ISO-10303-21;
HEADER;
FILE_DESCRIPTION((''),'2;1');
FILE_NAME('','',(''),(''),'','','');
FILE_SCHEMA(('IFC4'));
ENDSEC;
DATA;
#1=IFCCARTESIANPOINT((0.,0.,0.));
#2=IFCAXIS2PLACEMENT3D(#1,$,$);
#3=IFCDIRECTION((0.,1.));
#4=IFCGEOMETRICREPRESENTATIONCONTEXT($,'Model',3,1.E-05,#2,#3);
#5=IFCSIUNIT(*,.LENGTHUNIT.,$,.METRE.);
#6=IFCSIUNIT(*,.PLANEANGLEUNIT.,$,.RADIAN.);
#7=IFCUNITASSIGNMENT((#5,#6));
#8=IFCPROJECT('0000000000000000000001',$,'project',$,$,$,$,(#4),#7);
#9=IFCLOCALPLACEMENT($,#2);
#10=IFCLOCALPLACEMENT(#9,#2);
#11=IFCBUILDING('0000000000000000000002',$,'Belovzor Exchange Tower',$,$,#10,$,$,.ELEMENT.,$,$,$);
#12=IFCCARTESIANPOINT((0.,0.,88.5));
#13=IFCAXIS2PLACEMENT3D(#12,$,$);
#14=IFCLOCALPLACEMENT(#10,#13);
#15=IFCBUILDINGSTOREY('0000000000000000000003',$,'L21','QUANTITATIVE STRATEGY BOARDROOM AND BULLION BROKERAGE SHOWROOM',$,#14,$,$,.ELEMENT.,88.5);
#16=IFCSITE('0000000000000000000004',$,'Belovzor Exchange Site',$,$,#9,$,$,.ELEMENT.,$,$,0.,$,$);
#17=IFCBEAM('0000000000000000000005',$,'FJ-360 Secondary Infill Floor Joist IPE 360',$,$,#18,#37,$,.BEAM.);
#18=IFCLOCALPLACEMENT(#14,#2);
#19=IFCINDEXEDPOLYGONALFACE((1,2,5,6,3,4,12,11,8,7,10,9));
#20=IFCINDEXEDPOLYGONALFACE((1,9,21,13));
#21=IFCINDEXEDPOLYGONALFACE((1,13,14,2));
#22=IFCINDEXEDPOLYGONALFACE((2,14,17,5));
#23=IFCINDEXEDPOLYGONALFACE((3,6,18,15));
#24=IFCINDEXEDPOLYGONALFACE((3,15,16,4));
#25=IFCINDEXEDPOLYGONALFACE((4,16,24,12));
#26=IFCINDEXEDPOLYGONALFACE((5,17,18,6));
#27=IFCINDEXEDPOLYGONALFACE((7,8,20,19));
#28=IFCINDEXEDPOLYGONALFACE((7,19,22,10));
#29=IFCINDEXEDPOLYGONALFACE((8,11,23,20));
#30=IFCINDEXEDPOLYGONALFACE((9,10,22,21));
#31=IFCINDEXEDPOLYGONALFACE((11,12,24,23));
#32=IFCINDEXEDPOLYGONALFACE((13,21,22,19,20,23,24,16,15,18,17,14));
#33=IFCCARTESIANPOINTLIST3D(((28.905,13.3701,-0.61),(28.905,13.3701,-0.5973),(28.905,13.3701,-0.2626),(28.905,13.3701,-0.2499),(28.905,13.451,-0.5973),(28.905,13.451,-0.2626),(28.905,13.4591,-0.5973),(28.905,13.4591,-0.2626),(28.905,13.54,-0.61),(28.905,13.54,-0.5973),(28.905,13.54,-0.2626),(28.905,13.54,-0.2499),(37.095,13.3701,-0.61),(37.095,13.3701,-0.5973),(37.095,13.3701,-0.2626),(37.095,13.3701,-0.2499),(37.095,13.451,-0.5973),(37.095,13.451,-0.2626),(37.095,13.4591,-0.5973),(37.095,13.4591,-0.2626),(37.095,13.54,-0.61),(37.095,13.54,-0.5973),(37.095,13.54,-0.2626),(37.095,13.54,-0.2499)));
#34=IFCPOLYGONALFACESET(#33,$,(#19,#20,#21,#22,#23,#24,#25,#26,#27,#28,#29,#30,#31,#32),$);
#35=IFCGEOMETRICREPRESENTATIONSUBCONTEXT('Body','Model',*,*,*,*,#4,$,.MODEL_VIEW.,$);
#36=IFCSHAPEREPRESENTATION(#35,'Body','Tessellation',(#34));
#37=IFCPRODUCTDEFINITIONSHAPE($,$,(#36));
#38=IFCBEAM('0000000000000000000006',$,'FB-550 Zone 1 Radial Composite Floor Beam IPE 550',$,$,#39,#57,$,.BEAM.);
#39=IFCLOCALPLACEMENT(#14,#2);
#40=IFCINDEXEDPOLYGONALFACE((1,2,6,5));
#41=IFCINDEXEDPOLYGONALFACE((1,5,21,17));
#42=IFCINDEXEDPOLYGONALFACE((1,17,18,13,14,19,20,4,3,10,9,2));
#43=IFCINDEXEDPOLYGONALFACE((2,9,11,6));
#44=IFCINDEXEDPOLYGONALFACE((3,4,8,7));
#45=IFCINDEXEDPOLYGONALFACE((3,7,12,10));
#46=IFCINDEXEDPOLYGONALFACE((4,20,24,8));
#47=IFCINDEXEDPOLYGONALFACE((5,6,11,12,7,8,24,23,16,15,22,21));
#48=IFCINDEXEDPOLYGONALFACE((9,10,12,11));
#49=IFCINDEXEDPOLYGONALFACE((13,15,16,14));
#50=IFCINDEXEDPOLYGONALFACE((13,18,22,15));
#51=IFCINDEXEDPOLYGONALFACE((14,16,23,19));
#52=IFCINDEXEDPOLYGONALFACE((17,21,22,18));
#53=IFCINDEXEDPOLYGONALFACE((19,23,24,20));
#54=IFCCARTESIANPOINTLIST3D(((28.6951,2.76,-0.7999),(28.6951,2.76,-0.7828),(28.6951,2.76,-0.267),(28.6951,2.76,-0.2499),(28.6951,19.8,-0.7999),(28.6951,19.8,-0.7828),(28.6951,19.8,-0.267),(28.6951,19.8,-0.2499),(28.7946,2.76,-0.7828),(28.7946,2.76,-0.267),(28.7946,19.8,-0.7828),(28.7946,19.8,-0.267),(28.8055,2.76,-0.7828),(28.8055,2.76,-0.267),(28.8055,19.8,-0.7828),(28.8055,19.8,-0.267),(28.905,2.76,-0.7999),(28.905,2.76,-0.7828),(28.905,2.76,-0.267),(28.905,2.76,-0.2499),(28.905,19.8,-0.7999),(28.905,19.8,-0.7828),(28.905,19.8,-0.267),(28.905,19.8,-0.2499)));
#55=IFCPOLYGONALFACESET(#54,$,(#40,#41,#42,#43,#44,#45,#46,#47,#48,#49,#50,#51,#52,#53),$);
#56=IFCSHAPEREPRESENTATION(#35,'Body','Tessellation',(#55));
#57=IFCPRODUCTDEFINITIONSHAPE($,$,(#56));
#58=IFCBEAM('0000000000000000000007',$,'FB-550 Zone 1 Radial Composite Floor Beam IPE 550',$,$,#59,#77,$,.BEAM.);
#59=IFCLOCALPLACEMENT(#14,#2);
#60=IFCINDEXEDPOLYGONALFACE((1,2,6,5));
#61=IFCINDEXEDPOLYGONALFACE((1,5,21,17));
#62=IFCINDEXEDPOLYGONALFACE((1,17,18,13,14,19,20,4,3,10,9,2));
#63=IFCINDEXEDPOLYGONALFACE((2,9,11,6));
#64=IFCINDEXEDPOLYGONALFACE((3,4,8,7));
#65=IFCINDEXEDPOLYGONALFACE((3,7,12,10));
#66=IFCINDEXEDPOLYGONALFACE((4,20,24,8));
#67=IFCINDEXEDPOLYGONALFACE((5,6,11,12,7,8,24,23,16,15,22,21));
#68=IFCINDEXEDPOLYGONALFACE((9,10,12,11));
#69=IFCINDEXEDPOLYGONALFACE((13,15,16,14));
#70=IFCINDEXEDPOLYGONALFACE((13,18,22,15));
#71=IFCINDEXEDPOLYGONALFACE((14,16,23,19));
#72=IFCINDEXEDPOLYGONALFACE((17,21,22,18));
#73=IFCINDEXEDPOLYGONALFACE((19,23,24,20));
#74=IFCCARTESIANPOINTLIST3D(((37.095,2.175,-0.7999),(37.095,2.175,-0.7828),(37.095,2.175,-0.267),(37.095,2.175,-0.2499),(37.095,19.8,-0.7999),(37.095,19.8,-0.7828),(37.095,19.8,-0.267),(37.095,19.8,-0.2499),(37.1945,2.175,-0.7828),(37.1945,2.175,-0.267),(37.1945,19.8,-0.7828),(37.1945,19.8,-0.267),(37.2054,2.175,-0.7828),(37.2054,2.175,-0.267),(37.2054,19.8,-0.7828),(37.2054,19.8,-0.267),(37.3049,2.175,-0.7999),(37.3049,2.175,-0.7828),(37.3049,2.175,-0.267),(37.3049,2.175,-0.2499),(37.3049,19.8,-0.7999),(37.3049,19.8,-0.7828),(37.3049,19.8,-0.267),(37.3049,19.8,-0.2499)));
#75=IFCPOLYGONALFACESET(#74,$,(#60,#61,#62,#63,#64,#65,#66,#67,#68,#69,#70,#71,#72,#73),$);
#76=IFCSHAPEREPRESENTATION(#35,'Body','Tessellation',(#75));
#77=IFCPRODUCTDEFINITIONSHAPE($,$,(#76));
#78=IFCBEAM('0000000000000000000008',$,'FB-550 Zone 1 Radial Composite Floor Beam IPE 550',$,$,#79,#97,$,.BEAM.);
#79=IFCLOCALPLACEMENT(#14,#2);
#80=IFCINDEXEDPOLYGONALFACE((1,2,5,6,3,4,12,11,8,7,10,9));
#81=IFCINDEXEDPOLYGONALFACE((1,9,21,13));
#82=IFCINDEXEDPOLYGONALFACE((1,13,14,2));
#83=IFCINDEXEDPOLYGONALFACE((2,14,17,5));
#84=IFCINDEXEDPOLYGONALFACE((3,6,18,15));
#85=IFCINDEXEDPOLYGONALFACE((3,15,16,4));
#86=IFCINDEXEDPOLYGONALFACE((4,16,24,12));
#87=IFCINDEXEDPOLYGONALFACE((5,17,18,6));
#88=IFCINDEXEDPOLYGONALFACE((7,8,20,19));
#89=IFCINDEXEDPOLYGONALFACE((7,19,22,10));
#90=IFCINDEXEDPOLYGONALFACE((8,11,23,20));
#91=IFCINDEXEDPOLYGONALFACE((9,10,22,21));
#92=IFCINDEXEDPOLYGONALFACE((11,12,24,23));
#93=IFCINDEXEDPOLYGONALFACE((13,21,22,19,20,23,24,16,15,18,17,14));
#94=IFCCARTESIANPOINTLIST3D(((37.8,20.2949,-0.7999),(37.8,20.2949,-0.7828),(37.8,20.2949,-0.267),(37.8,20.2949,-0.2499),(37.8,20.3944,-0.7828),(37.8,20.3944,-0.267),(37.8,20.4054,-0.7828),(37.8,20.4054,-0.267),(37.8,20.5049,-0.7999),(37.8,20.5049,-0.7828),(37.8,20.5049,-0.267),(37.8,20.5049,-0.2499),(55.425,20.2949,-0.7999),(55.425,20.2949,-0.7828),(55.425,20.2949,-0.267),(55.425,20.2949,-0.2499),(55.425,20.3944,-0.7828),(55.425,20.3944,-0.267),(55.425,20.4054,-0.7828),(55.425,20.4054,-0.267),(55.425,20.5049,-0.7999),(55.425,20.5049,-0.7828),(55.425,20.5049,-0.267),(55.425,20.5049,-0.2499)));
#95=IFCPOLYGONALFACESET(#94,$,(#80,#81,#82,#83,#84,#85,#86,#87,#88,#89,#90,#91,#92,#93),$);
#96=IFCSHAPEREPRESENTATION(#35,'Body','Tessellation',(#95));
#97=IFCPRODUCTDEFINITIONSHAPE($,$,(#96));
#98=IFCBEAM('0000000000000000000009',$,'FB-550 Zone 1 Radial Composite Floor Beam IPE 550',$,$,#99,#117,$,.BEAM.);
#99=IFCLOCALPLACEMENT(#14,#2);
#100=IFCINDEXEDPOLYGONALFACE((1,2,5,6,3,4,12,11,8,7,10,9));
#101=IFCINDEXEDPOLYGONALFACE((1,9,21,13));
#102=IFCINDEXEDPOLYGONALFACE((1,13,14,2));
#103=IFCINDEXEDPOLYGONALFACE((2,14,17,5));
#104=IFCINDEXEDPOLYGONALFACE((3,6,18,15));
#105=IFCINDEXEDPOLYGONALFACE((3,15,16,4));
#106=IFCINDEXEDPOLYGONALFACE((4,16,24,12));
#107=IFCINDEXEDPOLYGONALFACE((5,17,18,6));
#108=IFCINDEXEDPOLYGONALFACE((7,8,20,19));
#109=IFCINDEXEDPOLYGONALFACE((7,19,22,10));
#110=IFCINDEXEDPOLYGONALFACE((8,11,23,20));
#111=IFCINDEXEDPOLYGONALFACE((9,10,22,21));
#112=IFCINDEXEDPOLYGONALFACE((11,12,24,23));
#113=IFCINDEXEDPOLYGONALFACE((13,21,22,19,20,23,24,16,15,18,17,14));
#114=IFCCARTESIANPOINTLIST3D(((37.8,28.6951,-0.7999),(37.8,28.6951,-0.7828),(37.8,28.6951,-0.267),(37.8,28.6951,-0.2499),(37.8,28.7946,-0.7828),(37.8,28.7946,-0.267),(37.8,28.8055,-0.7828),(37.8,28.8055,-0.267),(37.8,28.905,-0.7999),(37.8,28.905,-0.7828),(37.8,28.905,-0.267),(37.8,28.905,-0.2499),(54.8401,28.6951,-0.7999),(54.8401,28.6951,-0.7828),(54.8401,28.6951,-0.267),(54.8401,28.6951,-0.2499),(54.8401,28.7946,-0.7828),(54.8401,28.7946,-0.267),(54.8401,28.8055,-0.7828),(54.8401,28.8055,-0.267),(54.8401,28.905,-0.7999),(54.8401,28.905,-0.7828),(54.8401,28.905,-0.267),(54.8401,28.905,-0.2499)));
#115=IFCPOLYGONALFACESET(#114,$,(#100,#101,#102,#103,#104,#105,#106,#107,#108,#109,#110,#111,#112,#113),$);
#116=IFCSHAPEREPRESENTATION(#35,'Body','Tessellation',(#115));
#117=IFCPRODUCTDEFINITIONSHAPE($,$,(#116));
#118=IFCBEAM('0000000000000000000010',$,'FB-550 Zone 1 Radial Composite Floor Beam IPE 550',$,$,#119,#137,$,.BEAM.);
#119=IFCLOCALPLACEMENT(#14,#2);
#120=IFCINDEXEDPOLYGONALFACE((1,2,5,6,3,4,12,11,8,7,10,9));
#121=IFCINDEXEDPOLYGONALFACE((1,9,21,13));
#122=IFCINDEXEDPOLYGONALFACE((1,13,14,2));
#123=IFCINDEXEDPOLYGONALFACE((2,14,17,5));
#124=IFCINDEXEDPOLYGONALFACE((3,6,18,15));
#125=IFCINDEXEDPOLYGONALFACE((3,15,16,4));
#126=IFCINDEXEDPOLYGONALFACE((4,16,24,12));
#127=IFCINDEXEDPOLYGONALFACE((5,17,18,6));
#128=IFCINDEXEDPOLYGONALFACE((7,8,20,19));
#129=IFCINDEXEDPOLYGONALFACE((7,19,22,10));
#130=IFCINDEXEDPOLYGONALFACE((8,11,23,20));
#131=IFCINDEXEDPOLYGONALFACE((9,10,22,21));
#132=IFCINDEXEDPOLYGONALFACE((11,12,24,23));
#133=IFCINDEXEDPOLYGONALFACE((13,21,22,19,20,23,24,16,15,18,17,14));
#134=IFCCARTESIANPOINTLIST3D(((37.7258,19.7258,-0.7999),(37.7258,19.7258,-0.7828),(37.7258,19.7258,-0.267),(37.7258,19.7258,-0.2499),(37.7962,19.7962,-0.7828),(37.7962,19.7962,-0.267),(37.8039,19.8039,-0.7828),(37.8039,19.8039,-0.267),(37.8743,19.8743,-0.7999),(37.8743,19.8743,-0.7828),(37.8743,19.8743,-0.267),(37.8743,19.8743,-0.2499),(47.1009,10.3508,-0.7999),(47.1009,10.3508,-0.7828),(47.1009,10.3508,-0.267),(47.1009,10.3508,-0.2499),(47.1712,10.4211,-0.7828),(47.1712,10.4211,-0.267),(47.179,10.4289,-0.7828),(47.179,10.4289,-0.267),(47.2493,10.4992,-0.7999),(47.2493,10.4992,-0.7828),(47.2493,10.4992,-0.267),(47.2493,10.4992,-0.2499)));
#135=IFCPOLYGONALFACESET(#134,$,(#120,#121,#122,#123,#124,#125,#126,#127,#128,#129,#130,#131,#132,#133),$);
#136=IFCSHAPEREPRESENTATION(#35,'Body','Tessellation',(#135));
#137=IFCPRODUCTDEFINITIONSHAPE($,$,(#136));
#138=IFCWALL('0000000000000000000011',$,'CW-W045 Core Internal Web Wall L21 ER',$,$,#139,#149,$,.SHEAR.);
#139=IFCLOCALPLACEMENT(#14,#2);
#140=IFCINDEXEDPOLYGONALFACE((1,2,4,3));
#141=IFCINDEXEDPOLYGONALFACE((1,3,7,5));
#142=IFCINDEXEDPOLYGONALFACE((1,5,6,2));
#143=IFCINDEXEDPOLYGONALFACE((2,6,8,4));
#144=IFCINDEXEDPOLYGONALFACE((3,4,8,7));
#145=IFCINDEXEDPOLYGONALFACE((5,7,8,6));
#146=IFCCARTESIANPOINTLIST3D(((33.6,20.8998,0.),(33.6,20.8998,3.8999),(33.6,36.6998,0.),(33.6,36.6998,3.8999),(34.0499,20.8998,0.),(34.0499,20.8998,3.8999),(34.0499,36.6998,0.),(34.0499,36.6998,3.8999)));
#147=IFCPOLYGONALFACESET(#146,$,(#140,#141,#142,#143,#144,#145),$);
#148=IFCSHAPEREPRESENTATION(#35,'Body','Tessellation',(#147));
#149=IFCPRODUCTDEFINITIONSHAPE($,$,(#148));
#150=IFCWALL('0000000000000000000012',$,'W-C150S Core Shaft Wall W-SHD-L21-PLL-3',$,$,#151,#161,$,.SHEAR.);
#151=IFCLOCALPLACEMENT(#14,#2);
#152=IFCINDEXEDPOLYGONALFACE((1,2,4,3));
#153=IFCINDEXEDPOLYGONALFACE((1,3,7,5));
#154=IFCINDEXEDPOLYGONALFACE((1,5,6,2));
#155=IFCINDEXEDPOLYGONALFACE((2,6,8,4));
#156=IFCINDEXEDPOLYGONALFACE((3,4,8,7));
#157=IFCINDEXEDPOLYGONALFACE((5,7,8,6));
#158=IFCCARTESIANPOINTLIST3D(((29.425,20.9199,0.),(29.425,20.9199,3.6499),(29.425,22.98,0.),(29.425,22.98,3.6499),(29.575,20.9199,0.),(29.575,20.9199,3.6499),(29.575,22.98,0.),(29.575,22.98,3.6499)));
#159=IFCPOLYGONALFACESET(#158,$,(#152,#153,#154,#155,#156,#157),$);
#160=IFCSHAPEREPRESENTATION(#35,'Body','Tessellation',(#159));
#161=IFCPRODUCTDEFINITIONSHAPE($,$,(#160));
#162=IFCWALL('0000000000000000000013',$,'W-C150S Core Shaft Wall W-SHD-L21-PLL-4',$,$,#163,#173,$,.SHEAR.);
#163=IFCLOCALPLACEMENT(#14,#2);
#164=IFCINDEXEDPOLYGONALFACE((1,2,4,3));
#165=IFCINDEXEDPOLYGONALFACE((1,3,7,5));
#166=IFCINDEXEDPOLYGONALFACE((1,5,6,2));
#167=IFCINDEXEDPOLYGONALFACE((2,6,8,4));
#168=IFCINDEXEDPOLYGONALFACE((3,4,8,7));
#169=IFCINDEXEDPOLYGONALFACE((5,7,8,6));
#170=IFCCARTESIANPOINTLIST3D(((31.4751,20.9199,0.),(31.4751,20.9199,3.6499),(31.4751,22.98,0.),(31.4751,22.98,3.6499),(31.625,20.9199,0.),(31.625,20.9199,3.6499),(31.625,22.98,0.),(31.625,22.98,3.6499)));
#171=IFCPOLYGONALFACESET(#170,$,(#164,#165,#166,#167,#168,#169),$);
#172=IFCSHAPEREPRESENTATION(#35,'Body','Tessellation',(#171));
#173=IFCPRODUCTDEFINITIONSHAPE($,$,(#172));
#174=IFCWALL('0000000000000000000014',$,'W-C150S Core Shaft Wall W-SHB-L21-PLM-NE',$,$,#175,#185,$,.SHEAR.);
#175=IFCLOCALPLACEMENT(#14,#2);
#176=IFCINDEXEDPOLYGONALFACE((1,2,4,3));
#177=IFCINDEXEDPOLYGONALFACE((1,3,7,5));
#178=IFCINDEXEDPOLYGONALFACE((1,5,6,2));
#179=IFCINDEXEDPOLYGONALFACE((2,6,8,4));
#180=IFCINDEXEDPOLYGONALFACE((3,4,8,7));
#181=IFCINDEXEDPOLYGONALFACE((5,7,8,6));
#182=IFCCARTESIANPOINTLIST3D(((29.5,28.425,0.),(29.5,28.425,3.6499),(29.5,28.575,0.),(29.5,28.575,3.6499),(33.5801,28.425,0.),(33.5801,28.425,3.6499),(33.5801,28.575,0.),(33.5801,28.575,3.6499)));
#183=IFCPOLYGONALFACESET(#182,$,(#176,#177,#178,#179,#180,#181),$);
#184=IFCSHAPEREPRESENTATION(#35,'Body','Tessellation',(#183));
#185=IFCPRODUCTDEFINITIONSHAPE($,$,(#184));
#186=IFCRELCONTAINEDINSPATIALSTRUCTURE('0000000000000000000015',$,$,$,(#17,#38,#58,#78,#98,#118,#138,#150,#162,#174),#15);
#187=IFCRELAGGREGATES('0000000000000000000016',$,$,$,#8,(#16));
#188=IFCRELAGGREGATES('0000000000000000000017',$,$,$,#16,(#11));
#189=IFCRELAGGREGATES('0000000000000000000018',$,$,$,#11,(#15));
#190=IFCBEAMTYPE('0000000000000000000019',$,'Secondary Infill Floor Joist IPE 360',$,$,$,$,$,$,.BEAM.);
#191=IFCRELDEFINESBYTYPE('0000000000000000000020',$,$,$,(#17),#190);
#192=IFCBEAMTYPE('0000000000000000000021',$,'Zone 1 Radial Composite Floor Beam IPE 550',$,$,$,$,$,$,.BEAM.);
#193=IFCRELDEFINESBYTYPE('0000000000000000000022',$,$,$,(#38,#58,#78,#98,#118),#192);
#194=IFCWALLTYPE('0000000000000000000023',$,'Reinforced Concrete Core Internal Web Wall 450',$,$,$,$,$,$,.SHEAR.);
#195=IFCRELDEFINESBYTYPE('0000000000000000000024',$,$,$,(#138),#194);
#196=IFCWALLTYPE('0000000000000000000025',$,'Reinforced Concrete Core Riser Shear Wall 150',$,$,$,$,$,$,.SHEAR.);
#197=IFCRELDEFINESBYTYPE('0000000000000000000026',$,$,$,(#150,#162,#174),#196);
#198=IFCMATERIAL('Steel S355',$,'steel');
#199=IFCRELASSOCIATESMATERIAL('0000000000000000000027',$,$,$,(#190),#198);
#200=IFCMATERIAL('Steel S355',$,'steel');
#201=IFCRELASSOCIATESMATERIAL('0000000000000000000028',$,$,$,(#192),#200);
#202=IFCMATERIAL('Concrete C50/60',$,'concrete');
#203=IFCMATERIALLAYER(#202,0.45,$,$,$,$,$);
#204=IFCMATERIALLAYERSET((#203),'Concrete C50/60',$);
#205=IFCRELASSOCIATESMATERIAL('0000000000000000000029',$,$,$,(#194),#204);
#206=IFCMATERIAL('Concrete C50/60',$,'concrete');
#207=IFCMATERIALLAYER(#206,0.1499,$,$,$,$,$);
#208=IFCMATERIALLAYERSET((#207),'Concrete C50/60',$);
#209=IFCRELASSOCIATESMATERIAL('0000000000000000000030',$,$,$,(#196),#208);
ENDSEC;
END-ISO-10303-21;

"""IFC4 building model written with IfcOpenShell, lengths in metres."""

from ifc_helpers import new_model, si_unit, direction, frame, frame_2d, origin, origin_2d, place, context, subcontext, project, spatial, rectangle, i_section, extrude, material, layer, layer_set, material_profile, profile_set, type_object, element, save


model = new_model("IFC4")

# Units and contexts
model_context = context("Model", 3, precision=1e-05, world=origin(), true_north=direction((0.0, 1.0)))
body_context = subcontext(model_context, "Body", "Model", "MODEL_VIEW")
ifc_project = project(units=[si_unit("LENGTHUNIT", "METRE"), si_unit("PLANEANGLEUNIT", "RADIAN")], contexts=[model_context])

# Site, building, storey
site_placement = place(None, origin())
site = spatial("IfcSite", under=ifc_project, at=site_placement, Name="Belovzor Exchange Site", CompositionType="ELEMENT", RefElevation=0.0)
building_placement = place(site_placement, origin())
building = spatial("IfcBuilding", under=site, at=building_placement, Name="Belovzor Exchange Tower", CompositionType="ELEMENT")
storey_placement = place(building_placement, frame((0.0, 0.0, 88.5)))
storey = spatial("IfcBuildingStorey", under=building, at=storey_placement, Name="L21", Description="QUANTITATIVE STRATEGY BOARDROOM AND BULLION BROKERAGE SHOWROOM", CompositionType="ELEMENT", Elevation=88.5)

# Beams
ifc_material_1 = material(Name="Steel S355", Category="steel")
ifc_material_profile_1 = material_profile(ifc_material_1, i_section(OverallWidth=0.1699, OverallDepth=0.3601, WebThickness=0.0081, FlangeThickness=0.0127, at=origin_2d()))
ifc_profile_set_1 = profile_set([ifc_material_profile_1], Name="Steel S355")
beam_type_1 = type_object("IfcBeamType", Name="Secondary Infill Floor Joist IPE 360", PredefinedType="BEAM", material=ifc_profile_set_1)
beam_1_placement = place(storey_placement, frame((28.905, 13.4551, -0.4299), z_axis=(1.0, 0.0, 0.0), x_axis=(0.0, 1.0, 0.0)))
element("IfcBeam", 1, at=beam_1_placement, inside=storey, type_object=beam_type_1, Name="FJ-360 Secondary Infill Floor Joist IPE 360", PredefinedType="BEAM", context=body_context, shape_type="SweptSolid", body=[
    extrude(i_section(OverallWidth=0.1699, OverallDepth=0.3601, WebThickness=0.0081, FlangeThickness=0.0127, at=origin_2d()), origin(), (0.0, 0.0, 1.0), 8.1899),
])
ifc_material_2 = material(Name="Steel S355", Category="steel")
ifc_material_profile_2 = material_profile(ifc_material_2, i_section(OverallWidth=0.21, OverallDepth=0.55, WebThickness=0.011, FlangeThickness=0.0171, at=origin_2d()))
ifc_profile_set_2 = profile_set([ifc_material_profile_2], Name="Steel S355")
beam_type_2 = type_object("IfcBeamType", Name="Zone 1 Radial Composite Floor Beam IPE 550", PredefinedType="BEAM", material=ifc_profile_set_2)
beam_2_placement = place(storey_placement, frame((28.8, 19.8, -0.5249), z_axis=(0.0, -1.0, 0.0), x_axis=(1.0, 0.0, 0.0)))
element("IfcBeam", 2, at=beam_2_placement, inside=storey, type_object=beam_type_2, Name="FB-550 Zone 1 Radial Composite Floor Beam IPE 550", PredefinedType="BEAM", context=body_context, shape_type="SweptSolid", body=[
    extrude(i_section(OverallWidth=0.21, OverallDepth=0.55, WebThickness=0.011, FlangeThickness=0.0171, at=origin_2d()), origin(), (0.0, 0.0, 1.0), 17.04),
])
for number, where, z_axis, x_axis, name in (
    (3, (37.2, 19.8, -0.5249), (0.0, -1.0, 0.0), (1.0, 0.0, 0.0), "FB-550 Zone 1 Radial Composite Floor Beam IPE 550"),
    (4, (37.8, 20.3999, -0.5249), (1.0, 0.0, 0.0), (0.0, 1.0, 0.0), "FB-550 Zone 1 Radial Composite Floor Beam IPE 550"),
):
    element("IfcBeam", number, at=place(storey_placement, frame(where, z_axis=z_axis, x_axis=x_axis)), inside=storey, type_object=beam_type_2, Name=name, PredefinedType="BEAM", context=body_context, shape_type="SweptSolid", body=[
        extrude(i_section(OverallWidth=0.21, OverallDepth=0.55, WebThickness=0.011, FlangeThickness=0.0171, at=origin_2d()), origin(), (0.0, 0.0, 1.0), 17.625),
    ])
beam_3_placement = place(storey_placement, frame((37.8, 28.8, -0.5249), z_axis=(1.0, 0.0, 0.0), x_axis=(0.0, 1.0, 0.0)))
element("IfcBeam", 5, at=beam_3_placement, inside=storey, type_object=beam_type_2, Name="FB-550 Zone 1 Radial Composite Floor Beam IPE 550", PredefinedType="BEAM", context=body_context, shape_type="SweptSolid", body=[
    extrude(i_section(OverallWidth=0.21, OverallDepth=0.55, WebThickness=0.011, FlangeThickness=0.0171, at=origin_2d()), origin(), (0.0, 0.0, 1.0), 17.04),
])
beam_4_placement = place(storey_placement, frame((37.8, 19.8, -0.5249), z_axis=(0.707107, -0.707107, 0.0), x_axis=(0.707107, 0.707107, 0.0)))
element("IfcBeam", 6, at=beam_4_placement, inside=storey, type_object=beam_type_2, Name="FB-550 Zone 1 Radial Composite Floor Beam IPE 550", PredefinedType="BEAM", context=body_context, shape_type="SweptSolid", body=[
    extrude(i_section(OverallWidth=0.21, OverallDepth=0.55, WebThickness=0.011, FlangeThickness=0.0171, at=origin_2d()), origin(), (0.0, 0.0, 1.0), 13.2583),
])

# Walls
ifc_material_3 = material(Name="Concrete C50/60", Category="concrete")
ifc_layer_1 = layer(ifc_material_3, 0.45)
ifc_layer_set_1 = layer_set([ifc_layer_1], Name="Concrete C50/60")
wall_type_1 = type_object("IfcWallType", Name="Reinforced Concrete Core Internal Web Wall 450", PredefinedType="SHEAR", material=ifc_layer_set_1)
wall_1_placement = place(storey_placement, frame((33.825, 20.8999, 0.0), z_axis=(0.0, 0.0, 1.0), x_axis=(0.0, 1.0, 0.0)))
element("IfcWall", 7, at=wall_1_placement, inside=storey, type_object=wall_type_1, Name="CW-W045 Core Internal Web Wall L21 ER", PredefinedType="SHEAR", context=body_context, shape_type="SweptSolid", body=[
    extrude(rectangle(XDim=15.8, YDim=0.45, at=frame_2d((7.8999, 0.0))), origin(), (0.0, 0.0, 1.0), 3.8999),
])
ifc_material_4 = material(Name="Concrete C50/60", Category="concrete")
ifc_layer_2 = layer(ifc_material_4, 0.1499)
ifc_layer_set_2 = layer_set([ifc_layer_2], Name="Concrete C50/60")
wall_type_2 = type_object("IfcWallType", Name="Reinforced Concrete Core Riser Shear Wall 150", PredefinedType="SHEAR", material=ifc_layer_set_2)
for number, where, z_axis, x_axis, name in (
    (8, (29.5, 20.9199, 0.0), (0.0, 0.0, 1.0), (0.0, 1.0, 0.0), "W-C150S Core Shaft Wall W-SHD-L21-PLL-3"),
    (9, (31.55, 20.9199, 0.0), (0.0, 0.0, 1.0), (0.0, 1.0, 0.0), "W-C150S Core Shaft Wall W-SHD-L21-PLL-4"),
):
    element("IfcWall", number, at=place(storey_placement, frame(where, z_axis=z_axis, x_axis=x_axis)), inside=storey, type_object=wall_type_2, Name=name, PredefinedType="SHEAR", context=body_context, shape_type="SweptSolid", body=[
        extrude(rectangle(XDim=2.0601, YDim=0.1499, at=frame_2d((1.03, 0.0))), origin(), (0.0, 0.0, 1.0), 3.6499),
    ])
wall_2_placement = place(storey_placement, frame((29.5, 28.5, 0.0), z_axis=(0.0, 0.0, 1.0), x_axis=(1.0, 0.0, 0.0)))
element("IfcWall", 10, at=wall_2_placement, inside=storey, type_object=wall_type_2, Name="W-C150S Core Shaft Wall W-SHB-L21-PLM-NE", PredefinedType="SHEAR", context=body_context, shape_type="SweptSolid", body=[
    extrude(rectangle(XDim=4.0801, YDim=0.1499, at=frame_2d((2.04, 0.0))), origin(), (0.0, 0.0, 1.0), 3.6499),
])

save(model, "model.ifc")
